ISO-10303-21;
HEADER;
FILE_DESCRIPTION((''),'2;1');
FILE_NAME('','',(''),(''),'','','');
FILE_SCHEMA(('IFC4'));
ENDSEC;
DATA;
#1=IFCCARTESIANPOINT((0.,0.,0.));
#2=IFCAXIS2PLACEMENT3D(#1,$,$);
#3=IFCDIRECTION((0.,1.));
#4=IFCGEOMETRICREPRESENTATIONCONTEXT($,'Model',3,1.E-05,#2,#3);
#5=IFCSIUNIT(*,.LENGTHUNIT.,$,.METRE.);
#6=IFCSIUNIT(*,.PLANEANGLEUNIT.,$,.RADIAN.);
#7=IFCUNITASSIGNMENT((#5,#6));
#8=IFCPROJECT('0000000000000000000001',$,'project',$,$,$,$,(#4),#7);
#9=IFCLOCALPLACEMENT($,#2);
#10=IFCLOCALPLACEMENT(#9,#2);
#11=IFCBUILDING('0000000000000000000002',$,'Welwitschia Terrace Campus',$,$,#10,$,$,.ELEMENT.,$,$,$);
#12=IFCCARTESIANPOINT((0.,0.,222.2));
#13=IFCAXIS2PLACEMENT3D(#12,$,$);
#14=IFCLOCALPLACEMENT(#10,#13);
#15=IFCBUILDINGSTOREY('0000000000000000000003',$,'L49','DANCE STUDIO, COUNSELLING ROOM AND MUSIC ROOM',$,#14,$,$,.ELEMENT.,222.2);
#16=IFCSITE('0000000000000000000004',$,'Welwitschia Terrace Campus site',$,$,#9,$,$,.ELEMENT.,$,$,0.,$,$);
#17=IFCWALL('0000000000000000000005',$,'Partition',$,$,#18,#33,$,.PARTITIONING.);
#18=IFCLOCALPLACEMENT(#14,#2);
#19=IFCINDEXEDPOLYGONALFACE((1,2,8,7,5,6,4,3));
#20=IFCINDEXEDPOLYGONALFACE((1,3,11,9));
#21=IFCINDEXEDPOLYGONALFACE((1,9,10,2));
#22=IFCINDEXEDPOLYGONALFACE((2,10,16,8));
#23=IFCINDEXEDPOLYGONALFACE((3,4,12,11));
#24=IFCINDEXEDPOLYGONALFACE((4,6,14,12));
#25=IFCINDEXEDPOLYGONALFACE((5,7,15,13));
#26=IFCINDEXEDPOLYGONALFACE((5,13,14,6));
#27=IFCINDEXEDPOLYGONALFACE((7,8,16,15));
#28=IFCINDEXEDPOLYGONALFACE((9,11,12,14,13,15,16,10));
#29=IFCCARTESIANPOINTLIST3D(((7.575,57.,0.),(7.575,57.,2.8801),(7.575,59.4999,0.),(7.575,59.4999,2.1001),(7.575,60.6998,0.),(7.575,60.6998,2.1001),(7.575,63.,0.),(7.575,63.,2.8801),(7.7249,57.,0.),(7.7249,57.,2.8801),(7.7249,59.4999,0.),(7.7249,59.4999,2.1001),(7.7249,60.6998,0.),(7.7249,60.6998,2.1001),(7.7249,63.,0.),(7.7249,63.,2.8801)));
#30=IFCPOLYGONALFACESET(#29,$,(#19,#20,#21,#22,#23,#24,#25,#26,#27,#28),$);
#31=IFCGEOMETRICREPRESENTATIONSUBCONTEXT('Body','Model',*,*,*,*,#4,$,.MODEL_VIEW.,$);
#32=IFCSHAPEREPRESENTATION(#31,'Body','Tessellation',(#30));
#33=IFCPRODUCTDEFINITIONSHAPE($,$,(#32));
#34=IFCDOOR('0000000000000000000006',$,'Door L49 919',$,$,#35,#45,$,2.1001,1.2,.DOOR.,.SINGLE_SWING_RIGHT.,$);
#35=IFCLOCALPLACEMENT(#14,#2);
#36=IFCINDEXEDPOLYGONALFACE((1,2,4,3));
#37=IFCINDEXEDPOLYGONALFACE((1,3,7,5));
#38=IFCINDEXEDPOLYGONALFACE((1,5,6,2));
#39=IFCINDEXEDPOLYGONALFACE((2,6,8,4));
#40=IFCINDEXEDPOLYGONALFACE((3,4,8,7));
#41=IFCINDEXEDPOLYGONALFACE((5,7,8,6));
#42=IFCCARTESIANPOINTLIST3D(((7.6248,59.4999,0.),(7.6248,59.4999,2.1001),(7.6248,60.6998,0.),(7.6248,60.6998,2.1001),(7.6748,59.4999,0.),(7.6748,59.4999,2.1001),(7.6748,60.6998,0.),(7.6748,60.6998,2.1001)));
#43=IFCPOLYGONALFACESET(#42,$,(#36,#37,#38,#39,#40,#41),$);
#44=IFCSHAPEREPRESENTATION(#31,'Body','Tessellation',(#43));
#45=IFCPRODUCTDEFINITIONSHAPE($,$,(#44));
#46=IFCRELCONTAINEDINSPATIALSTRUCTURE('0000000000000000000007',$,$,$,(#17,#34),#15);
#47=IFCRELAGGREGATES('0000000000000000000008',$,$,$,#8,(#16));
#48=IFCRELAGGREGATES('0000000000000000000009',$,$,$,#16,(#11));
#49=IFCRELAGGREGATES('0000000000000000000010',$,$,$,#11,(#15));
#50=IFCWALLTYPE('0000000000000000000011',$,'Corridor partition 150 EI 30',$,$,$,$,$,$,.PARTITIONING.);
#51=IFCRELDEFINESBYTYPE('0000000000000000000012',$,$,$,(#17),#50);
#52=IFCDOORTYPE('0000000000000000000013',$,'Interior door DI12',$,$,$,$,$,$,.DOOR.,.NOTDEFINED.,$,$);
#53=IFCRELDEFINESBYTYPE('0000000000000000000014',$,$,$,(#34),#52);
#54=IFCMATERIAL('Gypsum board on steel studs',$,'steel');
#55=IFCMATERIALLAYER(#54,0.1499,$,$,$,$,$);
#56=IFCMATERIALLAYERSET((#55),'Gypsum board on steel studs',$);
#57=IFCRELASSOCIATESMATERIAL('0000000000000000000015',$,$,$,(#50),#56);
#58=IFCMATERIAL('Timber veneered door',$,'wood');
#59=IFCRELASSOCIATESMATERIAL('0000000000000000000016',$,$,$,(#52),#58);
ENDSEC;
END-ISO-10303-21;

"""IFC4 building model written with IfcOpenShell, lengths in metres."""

from ifc_helpers import new_model, si_unit, direction, frame, frame_2d, origin, place, context, subcontext, project, spatial, rectangle, extrude, material, layer, layer_set, type_object, element, fill, save


model = new_model("IFC4")

# Units and contexts
model_context = context("Model", 3, precision=1e-05, world=origin(), true_north=direction((0.0, 1.0)))
body_context = subcontext(model_context, "Body", "Model", "MODEL_VIEW")
ifc_project = project(units=[si_unit("LENGTHUNIT", "METRE"), si_unit("PLANEANGLEUNIT", "RADIAN")], contexts=[model_context])

# Site, building, storey
site_placement = place(None, origin())
site = spatial("IfcSite", under=ifc_project, at=site_placement, Name="Welwitschia Terrace Campus site", CompositionType="ELEMENT", RefElevation=0.0)
building_placement = place(site_placement, origin())
building = spatial("IfcBuilding", under=site, at=building_placement, Name="Welwitschia Terrace Campus", CompositionType="ELEMENT")
storey_placement = place(building_placement, frame((0.0, 0.0, 222.2)))
storey = spatial("IfcBuildingStorey", under=building, at=storey_placement, Name="L49", Description="DANCE STUDIO, COUNSELLING ROOM AND MUSIC ROOM", CompositionType="ELEMENT", Elevation=222.2)

# Shared definitions
ifc_material_1 = material(Name="Gypsum board on steel studs", Category="steel")
ifc_layer_1 = layer(ifc_material_1, 0.1499)
ifc_layer_set_1 = layer_set([ifc_layer_1], Name="Gypsum board on steel studs")
wall_type = type_object("IfcWallType", Name="Corridor partition 150 EI 30", PredefinedType="PARTITIONING", material=ifc_layer_set_1)

# Wall, opening, door
ifc_material_2 = material(Name="Timber veneered door", Category="wood")
door_type_1 = type_object("IfcDoorType", Name="Interior door DI12", OperationType="NOTDEFINED", PredefinedType="DOOR", material=ifc_material_2)
wall_1_placement = place(storey_placement, frame((7.6499, 63.0, 0.0), z_axis=(0.0, 0.0, 1.0), x_axis=(0.0, -1.0, 0.0)))
wall_1 = element("IfcWall", 1, at=wall_1_placement, inside=storey, type_object=wall_type, Name="Partition", PredefinedType="PARTITIONING", context=body_context, shape_type="SweptSolid", body=[
    extrude(rectangle(XDim=6.0, YDim=0.1499, at=frame_2d((3.0, 0.0))), origin(), (0.0, 0.0, 1.0), 2.8801),
])
opening_1_placement = place(wall_1_placement, frame((2.3, 0.0, 0.0)))
opening_1 = element("IfcOpeningElement", 2, at=opening_1_placement, cuts=wall_1, PredefinedType="OPENING", context=body_context, shape_type="SweptSolid", body=[
    extrude(rectangle(XDim=1.2, YDim=2.1001, at=frame_2d((0.6001, 1.05))), frame((0.0, 0.085, 0.0), z_axis=(0.0, -1.0, 0.0), x_axis=(1.0, 0.0, 0.0)), (0.0, 0.0, 1.0), 0.1699),
])
door_1_placement = place(opening_1_placement, origin())
door_1 = element("IfcDoor", 3, at=door_1_placement, inside=storey, type_object=door_type_1, Name="Door L49 919", OperationType="SINGLE_SWING_RIGHT", OverallHeight=2.1001, OverallWidth=1.2, PredefinedType="DOOR", context=body_context, shape_type="SweptSolid", body=[
    extrude(rectangle(XDim=1.2, YDim=2.1001, at=frame_2d((0.6001, 1.05))), frame((0.0, 0.0249, 0.0), z_axis=(0.0, -1.0, 0.0), x_axis=(1.0, 0.0, 0.0)), (0.0, 0.0, 1.0), 0.05),
])
fill(opening_1, door_1)

save(model, "model.ifc")
